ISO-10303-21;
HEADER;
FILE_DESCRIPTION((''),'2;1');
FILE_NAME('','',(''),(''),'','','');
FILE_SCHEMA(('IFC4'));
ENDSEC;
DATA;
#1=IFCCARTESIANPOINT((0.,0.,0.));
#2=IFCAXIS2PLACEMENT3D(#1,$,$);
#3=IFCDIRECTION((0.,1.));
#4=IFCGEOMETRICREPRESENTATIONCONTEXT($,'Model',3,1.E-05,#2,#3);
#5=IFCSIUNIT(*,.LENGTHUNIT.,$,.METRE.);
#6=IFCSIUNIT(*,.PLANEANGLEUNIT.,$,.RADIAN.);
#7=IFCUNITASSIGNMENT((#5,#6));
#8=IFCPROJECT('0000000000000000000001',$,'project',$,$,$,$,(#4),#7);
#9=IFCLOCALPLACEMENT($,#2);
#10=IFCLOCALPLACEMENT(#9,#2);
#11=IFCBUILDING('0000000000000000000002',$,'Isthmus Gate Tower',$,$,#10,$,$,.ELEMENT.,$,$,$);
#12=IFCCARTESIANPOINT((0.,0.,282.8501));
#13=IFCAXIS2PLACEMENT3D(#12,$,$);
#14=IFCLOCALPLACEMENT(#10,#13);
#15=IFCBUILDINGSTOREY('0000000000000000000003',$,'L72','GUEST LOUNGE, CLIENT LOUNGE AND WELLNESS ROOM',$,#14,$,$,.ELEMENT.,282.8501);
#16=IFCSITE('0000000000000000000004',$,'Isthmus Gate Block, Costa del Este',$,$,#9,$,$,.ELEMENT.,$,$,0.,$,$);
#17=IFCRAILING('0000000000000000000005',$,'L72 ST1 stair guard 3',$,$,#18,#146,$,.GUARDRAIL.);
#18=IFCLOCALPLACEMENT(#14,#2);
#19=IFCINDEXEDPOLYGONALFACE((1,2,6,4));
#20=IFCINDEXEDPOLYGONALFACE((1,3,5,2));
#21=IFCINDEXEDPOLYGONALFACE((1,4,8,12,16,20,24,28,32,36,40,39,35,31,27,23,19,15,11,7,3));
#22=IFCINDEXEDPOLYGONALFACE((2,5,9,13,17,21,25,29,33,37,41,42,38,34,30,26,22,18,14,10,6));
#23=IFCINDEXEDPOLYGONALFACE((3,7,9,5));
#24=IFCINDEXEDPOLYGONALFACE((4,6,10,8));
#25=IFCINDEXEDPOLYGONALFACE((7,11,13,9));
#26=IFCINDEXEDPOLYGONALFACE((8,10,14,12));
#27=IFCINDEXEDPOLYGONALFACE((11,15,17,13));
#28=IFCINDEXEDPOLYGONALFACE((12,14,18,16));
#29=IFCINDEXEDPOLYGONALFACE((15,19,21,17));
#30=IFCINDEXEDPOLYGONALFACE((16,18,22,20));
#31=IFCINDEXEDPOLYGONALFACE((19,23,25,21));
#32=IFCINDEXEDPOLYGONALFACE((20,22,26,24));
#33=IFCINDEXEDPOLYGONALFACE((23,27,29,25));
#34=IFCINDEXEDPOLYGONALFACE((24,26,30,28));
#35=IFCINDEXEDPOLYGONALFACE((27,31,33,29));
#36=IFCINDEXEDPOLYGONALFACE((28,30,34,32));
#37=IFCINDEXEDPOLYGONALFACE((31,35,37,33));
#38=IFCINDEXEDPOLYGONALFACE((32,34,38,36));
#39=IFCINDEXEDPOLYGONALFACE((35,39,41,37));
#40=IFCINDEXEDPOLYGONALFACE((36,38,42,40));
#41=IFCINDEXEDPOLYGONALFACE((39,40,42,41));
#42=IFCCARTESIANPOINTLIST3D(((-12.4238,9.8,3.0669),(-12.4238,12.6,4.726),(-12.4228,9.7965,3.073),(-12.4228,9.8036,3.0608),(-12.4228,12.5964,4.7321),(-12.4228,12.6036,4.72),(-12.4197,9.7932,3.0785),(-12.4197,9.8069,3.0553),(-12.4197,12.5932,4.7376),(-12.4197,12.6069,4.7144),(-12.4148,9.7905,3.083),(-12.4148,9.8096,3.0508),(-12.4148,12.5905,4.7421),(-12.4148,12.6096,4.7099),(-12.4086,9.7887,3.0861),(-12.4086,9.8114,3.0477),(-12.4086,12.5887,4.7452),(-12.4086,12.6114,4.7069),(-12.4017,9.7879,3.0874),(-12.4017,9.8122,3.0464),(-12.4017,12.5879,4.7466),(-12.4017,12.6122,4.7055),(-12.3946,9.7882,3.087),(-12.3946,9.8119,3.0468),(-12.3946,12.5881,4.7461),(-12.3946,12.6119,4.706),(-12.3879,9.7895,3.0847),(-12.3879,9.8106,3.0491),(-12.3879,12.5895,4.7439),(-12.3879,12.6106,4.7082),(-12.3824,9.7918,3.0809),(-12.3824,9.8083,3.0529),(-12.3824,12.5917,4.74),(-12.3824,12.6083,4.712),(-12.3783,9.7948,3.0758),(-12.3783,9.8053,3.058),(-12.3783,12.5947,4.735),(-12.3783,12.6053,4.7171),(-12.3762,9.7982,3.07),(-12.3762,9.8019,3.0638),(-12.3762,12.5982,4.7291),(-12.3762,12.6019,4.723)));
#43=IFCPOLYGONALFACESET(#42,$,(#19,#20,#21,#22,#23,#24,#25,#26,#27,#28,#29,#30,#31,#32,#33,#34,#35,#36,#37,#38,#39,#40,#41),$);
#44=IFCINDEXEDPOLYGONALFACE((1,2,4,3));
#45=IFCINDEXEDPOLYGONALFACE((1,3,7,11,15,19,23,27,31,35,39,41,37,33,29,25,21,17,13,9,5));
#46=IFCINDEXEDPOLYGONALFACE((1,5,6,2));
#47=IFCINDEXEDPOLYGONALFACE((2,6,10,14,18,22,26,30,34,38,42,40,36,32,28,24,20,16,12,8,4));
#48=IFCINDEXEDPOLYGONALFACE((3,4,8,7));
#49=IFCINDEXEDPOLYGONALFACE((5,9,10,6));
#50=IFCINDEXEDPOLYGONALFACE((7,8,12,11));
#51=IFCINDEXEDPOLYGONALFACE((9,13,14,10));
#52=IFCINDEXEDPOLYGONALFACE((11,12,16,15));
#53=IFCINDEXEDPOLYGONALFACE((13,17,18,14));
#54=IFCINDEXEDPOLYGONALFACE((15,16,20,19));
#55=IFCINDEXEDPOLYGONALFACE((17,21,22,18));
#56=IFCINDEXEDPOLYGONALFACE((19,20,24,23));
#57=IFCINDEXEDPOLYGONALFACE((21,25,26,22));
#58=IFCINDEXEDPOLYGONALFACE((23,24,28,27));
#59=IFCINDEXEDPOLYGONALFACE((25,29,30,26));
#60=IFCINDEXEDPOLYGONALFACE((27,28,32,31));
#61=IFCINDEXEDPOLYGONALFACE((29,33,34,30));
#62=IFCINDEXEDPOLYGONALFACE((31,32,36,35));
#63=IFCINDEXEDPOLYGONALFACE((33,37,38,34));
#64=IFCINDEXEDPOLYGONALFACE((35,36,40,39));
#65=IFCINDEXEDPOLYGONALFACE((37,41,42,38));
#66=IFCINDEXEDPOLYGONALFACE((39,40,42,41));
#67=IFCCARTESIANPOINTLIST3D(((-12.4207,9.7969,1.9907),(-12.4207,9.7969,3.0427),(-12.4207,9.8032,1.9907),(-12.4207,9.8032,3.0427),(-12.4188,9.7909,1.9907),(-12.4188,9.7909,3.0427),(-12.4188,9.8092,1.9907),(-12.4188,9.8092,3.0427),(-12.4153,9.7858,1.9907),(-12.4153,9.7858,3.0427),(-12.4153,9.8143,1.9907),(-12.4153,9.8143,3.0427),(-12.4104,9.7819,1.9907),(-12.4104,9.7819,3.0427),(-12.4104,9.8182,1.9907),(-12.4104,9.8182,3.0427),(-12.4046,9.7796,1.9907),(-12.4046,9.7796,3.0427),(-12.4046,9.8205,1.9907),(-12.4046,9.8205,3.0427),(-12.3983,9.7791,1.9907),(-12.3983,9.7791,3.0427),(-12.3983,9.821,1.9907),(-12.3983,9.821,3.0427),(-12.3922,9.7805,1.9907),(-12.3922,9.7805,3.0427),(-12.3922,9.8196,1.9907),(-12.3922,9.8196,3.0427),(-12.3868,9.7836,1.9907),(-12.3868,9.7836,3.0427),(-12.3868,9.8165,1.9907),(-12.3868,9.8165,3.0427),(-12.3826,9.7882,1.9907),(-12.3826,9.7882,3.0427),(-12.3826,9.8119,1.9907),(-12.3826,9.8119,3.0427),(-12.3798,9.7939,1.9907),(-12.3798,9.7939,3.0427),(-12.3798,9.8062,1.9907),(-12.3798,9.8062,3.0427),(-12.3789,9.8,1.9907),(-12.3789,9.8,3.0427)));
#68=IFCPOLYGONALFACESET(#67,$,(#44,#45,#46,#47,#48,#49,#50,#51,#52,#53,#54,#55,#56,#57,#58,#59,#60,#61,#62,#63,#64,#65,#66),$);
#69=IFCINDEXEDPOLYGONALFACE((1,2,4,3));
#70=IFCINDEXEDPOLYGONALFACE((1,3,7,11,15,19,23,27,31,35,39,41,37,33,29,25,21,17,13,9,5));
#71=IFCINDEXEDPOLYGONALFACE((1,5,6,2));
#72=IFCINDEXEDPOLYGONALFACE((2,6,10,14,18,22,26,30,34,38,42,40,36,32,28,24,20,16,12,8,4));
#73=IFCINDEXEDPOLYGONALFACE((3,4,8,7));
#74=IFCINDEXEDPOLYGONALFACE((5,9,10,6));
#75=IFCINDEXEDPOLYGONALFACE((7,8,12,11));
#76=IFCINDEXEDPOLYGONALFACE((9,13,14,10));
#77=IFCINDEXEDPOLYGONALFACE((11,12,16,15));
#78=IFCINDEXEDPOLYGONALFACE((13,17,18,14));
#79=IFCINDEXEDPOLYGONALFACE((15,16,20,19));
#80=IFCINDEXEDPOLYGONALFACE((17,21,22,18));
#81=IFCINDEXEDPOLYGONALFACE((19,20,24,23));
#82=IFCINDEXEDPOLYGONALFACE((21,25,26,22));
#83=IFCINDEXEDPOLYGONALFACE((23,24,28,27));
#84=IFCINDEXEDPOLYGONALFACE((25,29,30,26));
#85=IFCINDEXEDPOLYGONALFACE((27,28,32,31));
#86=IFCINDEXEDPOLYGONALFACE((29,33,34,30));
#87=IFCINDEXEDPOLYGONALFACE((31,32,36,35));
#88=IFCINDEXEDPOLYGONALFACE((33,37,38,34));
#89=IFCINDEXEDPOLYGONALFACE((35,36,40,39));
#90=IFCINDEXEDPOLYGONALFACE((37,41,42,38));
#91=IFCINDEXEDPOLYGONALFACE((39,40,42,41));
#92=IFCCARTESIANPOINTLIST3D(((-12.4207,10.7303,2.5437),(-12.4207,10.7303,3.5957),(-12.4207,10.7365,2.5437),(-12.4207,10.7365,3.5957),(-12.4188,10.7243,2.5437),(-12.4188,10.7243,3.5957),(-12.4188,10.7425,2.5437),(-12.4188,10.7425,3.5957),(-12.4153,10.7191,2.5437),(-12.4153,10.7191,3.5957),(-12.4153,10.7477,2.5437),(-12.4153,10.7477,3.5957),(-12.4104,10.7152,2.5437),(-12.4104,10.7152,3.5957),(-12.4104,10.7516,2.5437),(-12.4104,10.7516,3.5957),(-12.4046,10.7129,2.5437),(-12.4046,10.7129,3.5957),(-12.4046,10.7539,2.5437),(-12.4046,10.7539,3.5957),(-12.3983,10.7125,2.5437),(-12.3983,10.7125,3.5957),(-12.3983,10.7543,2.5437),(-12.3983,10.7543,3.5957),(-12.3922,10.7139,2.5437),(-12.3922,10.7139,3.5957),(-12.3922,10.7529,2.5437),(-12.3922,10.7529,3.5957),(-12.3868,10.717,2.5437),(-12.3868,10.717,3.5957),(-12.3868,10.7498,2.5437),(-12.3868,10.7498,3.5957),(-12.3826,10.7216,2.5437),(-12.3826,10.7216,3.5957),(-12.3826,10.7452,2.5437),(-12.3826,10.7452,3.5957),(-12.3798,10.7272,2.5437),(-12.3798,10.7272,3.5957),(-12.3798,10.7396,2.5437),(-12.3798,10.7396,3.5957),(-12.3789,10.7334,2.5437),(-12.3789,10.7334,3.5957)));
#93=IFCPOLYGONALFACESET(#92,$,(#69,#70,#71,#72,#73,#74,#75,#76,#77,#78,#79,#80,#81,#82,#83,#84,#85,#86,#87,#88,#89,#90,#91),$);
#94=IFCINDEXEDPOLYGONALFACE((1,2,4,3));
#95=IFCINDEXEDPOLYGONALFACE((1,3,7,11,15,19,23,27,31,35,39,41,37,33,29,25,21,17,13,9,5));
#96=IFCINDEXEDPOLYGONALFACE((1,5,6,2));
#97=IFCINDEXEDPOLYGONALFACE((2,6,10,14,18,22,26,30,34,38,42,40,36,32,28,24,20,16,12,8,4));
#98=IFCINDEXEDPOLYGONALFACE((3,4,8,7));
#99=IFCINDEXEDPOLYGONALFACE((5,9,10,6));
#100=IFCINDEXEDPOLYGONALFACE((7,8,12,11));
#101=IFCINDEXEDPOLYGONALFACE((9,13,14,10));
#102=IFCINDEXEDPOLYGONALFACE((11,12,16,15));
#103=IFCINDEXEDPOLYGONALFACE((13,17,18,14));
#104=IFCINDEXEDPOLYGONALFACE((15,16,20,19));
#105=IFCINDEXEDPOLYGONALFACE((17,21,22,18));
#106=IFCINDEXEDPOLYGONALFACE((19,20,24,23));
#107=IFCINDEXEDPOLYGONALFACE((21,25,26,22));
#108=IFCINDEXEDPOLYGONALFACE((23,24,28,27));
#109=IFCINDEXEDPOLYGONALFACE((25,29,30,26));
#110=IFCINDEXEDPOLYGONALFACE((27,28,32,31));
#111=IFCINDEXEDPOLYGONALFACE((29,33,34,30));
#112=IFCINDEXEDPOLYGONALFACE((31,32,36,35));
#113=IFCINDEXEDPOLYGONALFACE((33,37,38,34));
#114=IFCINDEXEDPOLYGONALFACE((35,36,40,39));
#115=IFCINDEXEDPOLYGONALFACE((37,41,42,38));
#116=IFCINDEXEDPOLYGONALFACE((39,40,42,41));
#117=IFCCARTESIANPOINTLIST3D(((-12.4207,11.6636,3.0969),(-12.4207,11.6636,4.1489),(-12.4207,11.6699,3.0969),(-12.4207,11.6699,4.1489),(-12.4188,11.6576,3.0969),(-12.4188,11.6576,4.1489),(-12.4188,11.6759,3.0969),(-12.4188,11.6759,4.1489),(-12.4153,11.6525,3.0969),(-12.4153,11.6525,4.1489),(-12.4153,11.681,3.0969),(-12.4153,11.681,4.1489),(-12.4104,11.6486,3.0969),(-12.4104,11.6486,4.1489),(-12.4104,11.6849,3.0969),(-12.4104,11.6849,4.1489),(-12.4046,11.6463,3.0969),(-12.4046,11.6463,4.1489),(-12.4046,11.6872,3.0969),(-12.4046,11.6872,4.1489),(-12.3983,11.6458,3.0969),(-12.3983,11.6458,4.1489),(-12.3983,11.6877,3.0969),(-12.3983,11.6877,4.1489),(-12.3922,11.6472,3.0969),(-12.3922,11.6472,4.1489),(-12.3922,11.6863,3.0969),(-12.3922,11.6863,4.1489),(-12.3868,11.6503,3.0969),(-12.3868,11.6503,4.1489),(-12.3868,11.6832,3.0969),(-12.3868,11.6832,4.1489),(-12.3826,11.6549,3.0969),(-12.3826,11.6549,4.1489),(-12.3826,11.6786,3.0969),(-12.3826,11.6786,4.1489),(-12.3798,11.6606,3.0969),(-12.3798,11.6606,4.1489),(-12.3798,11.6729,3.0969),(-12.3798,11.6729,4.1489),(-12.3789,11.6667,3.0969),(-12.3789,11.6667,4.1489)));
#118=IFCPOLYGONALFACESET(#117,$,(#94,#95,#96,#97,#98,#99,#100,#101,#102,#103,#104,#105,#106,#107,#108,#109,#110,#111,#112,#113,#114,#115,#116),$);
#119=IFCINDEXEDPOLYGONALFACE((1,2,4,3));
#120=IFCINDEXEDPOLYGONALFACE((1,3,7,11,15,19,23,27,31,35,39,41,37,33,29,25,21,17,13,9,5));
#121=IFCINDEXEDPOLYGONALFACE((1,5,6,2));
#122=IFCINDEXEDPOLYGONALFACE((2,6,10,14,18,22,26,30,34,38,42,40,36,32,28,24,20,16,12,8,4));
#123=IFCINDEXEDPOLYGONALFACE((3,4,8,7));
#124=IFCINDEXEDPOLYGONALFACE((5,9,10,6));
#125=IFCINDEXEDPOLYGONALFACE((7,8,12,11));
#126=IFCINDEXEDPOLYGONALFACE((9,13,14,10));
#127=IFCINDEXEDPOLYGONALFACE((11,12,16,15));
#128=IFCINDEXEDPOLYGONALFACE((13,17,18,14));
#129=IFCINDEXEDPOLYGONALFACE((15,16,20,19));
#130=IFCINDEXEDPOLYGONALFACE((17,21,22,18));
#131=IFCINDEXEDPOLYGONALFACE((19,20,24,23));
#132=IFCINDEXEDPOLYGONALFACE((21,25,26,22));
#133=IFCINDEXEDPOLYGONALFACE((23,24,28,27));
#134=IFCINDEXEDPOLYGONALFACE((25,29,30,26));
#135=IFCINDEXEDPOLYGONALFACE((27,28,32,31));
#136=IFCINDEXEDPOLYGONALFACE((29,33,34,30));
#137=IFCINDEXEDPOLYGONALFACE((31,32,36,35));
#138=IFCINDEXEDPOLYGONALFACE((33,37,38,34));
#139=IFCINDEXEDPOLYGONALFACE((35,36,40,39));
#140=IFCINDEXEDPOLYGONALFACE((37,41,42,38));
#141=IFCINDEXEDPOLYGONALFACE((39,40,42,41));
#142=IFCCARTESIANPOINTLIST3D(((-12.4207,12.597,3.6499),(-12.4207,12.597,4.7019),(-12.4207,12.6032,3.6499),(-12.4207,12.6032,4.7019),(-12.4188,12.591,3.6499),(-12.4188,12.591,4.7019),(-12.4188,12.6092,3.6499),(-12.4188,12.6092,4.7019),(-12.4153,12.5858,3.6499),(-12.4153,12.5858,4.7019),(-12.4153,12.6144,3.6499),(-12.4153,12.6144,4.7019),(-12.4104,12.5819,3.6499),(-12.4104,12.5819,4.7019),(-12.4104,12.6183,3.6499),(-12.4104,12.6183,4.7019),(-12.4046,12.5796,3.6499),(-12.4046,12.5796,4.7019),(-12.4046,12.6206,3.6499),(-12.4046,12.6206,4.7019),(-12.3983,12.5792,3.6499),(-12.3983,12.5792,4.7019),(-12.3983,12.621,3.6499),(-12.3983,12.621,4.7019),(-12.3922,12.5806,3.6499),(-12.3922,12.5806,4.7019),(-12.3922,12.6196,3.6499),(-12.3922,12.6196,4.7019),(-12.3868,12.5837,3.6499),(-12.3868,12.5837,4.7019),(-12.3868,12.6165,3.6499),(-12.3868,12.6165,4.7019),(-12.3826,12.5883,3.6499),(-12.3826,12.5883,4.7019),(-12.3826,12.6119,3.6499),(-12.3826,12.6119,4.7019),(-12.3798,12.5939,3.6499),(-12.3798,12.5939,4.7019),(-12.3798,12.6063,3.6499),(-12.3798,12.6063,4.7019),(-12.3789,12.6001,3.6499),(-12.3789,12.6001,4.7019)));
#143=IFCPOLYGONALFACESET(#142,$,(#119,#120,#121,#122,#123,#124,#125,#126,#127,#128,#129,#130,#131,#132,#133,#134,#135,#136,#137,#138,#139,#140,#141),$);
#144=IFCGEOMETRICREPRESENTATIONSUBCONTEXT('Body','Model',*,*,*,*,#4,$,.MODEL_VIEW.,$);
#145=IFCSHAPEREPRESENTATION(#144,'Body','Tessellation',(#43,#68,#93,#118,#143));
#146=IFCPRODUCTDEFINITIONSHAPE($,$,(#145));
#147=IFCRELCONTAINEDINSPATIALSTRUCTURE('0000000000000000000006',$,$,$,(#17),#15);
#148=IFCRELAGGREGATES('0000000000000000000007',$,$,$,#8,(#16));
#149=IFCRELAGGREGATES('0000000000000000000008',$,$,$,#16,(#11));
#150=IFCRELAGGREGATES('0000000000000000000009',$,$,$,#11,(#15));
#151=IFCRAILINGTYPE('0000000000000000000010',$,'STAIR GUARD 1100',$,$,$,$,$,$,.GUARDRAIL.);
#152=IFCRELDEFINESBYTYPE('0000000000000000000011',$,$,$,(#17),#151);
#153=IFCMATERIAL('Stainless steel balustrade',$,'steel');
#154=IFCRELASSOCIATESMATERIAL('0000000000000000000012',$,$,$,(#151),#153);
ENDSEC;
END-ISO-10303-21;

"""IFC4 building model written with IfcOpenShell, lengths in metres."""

from ifc_helpers import new_model, si_unit, direction, frame, origin, origin_2d, place, context, subcontext, project, spatial, circle, extrude, material, type_object, element, save


model = new_model("IFC4")

# Units and contexts
model_context = context("Model", 3, precision=1e-05, world=origin(), true_north=direction((0.0, 1.0)))
body_context = subcontext(model_context, "Body", "Model", "MODEL_VIEW")
ifc_project = project(units=[si_unit("LENGTHUNIT", "METRE"), si_unit("PLANEANGLEUNIT", "RADIAN")], contexts=[model_context])

# Site, building, storey
site_placement = place(None, origin())
site = spatial("IfcSite", under=ifc_project, at=site_placement, Name="Isthmus Gate Block, Costa del Este", CompositionType="ELEMENT", RefElevation=0.0)
building_placement = place(site_placement, origin())
building = spatial("IfcBuilding", under=site, at=building_placement, Name="Isthmus Gate Tower", CompositionType="ELEMENT")
storey_placement = place(building_placement, frame((0.0, 0.0, 282.8501)))
storey = spatial("IfcBuildingStorey", under=building, at=storey_placement, Name="L72", Description="GUEST LOUNGE, CLIENT LOUNGE AND WELLNESS ROOM", CompositionType="ELEMENT", Elevation=282.8501)

# Railing
ifc_material_1 = material(Name="Stainless steel balustrade", Category="steel")
railing_type_1 = type_object("IfcRailingType", Name="STAIR GUARD 1100", PredefinedType="GUARDRAIL", material=ifc_material_1)
railing_1_placement = place(storey_placement, frame((-12.3999, 9.8, 1.9907)))
element("IfcRailing", 1, at=railing_1_placement, inside=storey, type_object=railing_type_1, Name="L72 ST1 stair guard 3", PredefinedType="GUARDRAIL", context=body_context, shape_type="SweptSolid", body=[
    extrude(circle(Radius=0.0239, at=origin_2d()), frame((0.0, 0.0, 1.0762), z_axis=(0.0, 0.860306, 0.509778), x_axis=(-1.0, 0.0, 0.0)), (0.0, 0.0, 1.0), 3.2546),
    extrude(circle(Radius=0.021, at=origin_2d()), origin(), (0.0, 0.0, 1.0), 1.052),
    extrude(circle(Radius=0.021, at=origin_2d()), frame((0.0, 0.9333, 0.553)), (0.0, 0.0, 1.0), 1.052),
    extrude(circle(Radius=0.021, at=origin_2d()), frame((0.0, 1.8667, 1.1062)), (0.0, 0.0, 1.0), 1.052),
    extrude(circle(Radius=0.021, at=origin_2d()), frame((0.0, 2.8, 1.6592)), (0.0, 0.0, 1.0), 1.052),
])

save(model, "model.ifc")
